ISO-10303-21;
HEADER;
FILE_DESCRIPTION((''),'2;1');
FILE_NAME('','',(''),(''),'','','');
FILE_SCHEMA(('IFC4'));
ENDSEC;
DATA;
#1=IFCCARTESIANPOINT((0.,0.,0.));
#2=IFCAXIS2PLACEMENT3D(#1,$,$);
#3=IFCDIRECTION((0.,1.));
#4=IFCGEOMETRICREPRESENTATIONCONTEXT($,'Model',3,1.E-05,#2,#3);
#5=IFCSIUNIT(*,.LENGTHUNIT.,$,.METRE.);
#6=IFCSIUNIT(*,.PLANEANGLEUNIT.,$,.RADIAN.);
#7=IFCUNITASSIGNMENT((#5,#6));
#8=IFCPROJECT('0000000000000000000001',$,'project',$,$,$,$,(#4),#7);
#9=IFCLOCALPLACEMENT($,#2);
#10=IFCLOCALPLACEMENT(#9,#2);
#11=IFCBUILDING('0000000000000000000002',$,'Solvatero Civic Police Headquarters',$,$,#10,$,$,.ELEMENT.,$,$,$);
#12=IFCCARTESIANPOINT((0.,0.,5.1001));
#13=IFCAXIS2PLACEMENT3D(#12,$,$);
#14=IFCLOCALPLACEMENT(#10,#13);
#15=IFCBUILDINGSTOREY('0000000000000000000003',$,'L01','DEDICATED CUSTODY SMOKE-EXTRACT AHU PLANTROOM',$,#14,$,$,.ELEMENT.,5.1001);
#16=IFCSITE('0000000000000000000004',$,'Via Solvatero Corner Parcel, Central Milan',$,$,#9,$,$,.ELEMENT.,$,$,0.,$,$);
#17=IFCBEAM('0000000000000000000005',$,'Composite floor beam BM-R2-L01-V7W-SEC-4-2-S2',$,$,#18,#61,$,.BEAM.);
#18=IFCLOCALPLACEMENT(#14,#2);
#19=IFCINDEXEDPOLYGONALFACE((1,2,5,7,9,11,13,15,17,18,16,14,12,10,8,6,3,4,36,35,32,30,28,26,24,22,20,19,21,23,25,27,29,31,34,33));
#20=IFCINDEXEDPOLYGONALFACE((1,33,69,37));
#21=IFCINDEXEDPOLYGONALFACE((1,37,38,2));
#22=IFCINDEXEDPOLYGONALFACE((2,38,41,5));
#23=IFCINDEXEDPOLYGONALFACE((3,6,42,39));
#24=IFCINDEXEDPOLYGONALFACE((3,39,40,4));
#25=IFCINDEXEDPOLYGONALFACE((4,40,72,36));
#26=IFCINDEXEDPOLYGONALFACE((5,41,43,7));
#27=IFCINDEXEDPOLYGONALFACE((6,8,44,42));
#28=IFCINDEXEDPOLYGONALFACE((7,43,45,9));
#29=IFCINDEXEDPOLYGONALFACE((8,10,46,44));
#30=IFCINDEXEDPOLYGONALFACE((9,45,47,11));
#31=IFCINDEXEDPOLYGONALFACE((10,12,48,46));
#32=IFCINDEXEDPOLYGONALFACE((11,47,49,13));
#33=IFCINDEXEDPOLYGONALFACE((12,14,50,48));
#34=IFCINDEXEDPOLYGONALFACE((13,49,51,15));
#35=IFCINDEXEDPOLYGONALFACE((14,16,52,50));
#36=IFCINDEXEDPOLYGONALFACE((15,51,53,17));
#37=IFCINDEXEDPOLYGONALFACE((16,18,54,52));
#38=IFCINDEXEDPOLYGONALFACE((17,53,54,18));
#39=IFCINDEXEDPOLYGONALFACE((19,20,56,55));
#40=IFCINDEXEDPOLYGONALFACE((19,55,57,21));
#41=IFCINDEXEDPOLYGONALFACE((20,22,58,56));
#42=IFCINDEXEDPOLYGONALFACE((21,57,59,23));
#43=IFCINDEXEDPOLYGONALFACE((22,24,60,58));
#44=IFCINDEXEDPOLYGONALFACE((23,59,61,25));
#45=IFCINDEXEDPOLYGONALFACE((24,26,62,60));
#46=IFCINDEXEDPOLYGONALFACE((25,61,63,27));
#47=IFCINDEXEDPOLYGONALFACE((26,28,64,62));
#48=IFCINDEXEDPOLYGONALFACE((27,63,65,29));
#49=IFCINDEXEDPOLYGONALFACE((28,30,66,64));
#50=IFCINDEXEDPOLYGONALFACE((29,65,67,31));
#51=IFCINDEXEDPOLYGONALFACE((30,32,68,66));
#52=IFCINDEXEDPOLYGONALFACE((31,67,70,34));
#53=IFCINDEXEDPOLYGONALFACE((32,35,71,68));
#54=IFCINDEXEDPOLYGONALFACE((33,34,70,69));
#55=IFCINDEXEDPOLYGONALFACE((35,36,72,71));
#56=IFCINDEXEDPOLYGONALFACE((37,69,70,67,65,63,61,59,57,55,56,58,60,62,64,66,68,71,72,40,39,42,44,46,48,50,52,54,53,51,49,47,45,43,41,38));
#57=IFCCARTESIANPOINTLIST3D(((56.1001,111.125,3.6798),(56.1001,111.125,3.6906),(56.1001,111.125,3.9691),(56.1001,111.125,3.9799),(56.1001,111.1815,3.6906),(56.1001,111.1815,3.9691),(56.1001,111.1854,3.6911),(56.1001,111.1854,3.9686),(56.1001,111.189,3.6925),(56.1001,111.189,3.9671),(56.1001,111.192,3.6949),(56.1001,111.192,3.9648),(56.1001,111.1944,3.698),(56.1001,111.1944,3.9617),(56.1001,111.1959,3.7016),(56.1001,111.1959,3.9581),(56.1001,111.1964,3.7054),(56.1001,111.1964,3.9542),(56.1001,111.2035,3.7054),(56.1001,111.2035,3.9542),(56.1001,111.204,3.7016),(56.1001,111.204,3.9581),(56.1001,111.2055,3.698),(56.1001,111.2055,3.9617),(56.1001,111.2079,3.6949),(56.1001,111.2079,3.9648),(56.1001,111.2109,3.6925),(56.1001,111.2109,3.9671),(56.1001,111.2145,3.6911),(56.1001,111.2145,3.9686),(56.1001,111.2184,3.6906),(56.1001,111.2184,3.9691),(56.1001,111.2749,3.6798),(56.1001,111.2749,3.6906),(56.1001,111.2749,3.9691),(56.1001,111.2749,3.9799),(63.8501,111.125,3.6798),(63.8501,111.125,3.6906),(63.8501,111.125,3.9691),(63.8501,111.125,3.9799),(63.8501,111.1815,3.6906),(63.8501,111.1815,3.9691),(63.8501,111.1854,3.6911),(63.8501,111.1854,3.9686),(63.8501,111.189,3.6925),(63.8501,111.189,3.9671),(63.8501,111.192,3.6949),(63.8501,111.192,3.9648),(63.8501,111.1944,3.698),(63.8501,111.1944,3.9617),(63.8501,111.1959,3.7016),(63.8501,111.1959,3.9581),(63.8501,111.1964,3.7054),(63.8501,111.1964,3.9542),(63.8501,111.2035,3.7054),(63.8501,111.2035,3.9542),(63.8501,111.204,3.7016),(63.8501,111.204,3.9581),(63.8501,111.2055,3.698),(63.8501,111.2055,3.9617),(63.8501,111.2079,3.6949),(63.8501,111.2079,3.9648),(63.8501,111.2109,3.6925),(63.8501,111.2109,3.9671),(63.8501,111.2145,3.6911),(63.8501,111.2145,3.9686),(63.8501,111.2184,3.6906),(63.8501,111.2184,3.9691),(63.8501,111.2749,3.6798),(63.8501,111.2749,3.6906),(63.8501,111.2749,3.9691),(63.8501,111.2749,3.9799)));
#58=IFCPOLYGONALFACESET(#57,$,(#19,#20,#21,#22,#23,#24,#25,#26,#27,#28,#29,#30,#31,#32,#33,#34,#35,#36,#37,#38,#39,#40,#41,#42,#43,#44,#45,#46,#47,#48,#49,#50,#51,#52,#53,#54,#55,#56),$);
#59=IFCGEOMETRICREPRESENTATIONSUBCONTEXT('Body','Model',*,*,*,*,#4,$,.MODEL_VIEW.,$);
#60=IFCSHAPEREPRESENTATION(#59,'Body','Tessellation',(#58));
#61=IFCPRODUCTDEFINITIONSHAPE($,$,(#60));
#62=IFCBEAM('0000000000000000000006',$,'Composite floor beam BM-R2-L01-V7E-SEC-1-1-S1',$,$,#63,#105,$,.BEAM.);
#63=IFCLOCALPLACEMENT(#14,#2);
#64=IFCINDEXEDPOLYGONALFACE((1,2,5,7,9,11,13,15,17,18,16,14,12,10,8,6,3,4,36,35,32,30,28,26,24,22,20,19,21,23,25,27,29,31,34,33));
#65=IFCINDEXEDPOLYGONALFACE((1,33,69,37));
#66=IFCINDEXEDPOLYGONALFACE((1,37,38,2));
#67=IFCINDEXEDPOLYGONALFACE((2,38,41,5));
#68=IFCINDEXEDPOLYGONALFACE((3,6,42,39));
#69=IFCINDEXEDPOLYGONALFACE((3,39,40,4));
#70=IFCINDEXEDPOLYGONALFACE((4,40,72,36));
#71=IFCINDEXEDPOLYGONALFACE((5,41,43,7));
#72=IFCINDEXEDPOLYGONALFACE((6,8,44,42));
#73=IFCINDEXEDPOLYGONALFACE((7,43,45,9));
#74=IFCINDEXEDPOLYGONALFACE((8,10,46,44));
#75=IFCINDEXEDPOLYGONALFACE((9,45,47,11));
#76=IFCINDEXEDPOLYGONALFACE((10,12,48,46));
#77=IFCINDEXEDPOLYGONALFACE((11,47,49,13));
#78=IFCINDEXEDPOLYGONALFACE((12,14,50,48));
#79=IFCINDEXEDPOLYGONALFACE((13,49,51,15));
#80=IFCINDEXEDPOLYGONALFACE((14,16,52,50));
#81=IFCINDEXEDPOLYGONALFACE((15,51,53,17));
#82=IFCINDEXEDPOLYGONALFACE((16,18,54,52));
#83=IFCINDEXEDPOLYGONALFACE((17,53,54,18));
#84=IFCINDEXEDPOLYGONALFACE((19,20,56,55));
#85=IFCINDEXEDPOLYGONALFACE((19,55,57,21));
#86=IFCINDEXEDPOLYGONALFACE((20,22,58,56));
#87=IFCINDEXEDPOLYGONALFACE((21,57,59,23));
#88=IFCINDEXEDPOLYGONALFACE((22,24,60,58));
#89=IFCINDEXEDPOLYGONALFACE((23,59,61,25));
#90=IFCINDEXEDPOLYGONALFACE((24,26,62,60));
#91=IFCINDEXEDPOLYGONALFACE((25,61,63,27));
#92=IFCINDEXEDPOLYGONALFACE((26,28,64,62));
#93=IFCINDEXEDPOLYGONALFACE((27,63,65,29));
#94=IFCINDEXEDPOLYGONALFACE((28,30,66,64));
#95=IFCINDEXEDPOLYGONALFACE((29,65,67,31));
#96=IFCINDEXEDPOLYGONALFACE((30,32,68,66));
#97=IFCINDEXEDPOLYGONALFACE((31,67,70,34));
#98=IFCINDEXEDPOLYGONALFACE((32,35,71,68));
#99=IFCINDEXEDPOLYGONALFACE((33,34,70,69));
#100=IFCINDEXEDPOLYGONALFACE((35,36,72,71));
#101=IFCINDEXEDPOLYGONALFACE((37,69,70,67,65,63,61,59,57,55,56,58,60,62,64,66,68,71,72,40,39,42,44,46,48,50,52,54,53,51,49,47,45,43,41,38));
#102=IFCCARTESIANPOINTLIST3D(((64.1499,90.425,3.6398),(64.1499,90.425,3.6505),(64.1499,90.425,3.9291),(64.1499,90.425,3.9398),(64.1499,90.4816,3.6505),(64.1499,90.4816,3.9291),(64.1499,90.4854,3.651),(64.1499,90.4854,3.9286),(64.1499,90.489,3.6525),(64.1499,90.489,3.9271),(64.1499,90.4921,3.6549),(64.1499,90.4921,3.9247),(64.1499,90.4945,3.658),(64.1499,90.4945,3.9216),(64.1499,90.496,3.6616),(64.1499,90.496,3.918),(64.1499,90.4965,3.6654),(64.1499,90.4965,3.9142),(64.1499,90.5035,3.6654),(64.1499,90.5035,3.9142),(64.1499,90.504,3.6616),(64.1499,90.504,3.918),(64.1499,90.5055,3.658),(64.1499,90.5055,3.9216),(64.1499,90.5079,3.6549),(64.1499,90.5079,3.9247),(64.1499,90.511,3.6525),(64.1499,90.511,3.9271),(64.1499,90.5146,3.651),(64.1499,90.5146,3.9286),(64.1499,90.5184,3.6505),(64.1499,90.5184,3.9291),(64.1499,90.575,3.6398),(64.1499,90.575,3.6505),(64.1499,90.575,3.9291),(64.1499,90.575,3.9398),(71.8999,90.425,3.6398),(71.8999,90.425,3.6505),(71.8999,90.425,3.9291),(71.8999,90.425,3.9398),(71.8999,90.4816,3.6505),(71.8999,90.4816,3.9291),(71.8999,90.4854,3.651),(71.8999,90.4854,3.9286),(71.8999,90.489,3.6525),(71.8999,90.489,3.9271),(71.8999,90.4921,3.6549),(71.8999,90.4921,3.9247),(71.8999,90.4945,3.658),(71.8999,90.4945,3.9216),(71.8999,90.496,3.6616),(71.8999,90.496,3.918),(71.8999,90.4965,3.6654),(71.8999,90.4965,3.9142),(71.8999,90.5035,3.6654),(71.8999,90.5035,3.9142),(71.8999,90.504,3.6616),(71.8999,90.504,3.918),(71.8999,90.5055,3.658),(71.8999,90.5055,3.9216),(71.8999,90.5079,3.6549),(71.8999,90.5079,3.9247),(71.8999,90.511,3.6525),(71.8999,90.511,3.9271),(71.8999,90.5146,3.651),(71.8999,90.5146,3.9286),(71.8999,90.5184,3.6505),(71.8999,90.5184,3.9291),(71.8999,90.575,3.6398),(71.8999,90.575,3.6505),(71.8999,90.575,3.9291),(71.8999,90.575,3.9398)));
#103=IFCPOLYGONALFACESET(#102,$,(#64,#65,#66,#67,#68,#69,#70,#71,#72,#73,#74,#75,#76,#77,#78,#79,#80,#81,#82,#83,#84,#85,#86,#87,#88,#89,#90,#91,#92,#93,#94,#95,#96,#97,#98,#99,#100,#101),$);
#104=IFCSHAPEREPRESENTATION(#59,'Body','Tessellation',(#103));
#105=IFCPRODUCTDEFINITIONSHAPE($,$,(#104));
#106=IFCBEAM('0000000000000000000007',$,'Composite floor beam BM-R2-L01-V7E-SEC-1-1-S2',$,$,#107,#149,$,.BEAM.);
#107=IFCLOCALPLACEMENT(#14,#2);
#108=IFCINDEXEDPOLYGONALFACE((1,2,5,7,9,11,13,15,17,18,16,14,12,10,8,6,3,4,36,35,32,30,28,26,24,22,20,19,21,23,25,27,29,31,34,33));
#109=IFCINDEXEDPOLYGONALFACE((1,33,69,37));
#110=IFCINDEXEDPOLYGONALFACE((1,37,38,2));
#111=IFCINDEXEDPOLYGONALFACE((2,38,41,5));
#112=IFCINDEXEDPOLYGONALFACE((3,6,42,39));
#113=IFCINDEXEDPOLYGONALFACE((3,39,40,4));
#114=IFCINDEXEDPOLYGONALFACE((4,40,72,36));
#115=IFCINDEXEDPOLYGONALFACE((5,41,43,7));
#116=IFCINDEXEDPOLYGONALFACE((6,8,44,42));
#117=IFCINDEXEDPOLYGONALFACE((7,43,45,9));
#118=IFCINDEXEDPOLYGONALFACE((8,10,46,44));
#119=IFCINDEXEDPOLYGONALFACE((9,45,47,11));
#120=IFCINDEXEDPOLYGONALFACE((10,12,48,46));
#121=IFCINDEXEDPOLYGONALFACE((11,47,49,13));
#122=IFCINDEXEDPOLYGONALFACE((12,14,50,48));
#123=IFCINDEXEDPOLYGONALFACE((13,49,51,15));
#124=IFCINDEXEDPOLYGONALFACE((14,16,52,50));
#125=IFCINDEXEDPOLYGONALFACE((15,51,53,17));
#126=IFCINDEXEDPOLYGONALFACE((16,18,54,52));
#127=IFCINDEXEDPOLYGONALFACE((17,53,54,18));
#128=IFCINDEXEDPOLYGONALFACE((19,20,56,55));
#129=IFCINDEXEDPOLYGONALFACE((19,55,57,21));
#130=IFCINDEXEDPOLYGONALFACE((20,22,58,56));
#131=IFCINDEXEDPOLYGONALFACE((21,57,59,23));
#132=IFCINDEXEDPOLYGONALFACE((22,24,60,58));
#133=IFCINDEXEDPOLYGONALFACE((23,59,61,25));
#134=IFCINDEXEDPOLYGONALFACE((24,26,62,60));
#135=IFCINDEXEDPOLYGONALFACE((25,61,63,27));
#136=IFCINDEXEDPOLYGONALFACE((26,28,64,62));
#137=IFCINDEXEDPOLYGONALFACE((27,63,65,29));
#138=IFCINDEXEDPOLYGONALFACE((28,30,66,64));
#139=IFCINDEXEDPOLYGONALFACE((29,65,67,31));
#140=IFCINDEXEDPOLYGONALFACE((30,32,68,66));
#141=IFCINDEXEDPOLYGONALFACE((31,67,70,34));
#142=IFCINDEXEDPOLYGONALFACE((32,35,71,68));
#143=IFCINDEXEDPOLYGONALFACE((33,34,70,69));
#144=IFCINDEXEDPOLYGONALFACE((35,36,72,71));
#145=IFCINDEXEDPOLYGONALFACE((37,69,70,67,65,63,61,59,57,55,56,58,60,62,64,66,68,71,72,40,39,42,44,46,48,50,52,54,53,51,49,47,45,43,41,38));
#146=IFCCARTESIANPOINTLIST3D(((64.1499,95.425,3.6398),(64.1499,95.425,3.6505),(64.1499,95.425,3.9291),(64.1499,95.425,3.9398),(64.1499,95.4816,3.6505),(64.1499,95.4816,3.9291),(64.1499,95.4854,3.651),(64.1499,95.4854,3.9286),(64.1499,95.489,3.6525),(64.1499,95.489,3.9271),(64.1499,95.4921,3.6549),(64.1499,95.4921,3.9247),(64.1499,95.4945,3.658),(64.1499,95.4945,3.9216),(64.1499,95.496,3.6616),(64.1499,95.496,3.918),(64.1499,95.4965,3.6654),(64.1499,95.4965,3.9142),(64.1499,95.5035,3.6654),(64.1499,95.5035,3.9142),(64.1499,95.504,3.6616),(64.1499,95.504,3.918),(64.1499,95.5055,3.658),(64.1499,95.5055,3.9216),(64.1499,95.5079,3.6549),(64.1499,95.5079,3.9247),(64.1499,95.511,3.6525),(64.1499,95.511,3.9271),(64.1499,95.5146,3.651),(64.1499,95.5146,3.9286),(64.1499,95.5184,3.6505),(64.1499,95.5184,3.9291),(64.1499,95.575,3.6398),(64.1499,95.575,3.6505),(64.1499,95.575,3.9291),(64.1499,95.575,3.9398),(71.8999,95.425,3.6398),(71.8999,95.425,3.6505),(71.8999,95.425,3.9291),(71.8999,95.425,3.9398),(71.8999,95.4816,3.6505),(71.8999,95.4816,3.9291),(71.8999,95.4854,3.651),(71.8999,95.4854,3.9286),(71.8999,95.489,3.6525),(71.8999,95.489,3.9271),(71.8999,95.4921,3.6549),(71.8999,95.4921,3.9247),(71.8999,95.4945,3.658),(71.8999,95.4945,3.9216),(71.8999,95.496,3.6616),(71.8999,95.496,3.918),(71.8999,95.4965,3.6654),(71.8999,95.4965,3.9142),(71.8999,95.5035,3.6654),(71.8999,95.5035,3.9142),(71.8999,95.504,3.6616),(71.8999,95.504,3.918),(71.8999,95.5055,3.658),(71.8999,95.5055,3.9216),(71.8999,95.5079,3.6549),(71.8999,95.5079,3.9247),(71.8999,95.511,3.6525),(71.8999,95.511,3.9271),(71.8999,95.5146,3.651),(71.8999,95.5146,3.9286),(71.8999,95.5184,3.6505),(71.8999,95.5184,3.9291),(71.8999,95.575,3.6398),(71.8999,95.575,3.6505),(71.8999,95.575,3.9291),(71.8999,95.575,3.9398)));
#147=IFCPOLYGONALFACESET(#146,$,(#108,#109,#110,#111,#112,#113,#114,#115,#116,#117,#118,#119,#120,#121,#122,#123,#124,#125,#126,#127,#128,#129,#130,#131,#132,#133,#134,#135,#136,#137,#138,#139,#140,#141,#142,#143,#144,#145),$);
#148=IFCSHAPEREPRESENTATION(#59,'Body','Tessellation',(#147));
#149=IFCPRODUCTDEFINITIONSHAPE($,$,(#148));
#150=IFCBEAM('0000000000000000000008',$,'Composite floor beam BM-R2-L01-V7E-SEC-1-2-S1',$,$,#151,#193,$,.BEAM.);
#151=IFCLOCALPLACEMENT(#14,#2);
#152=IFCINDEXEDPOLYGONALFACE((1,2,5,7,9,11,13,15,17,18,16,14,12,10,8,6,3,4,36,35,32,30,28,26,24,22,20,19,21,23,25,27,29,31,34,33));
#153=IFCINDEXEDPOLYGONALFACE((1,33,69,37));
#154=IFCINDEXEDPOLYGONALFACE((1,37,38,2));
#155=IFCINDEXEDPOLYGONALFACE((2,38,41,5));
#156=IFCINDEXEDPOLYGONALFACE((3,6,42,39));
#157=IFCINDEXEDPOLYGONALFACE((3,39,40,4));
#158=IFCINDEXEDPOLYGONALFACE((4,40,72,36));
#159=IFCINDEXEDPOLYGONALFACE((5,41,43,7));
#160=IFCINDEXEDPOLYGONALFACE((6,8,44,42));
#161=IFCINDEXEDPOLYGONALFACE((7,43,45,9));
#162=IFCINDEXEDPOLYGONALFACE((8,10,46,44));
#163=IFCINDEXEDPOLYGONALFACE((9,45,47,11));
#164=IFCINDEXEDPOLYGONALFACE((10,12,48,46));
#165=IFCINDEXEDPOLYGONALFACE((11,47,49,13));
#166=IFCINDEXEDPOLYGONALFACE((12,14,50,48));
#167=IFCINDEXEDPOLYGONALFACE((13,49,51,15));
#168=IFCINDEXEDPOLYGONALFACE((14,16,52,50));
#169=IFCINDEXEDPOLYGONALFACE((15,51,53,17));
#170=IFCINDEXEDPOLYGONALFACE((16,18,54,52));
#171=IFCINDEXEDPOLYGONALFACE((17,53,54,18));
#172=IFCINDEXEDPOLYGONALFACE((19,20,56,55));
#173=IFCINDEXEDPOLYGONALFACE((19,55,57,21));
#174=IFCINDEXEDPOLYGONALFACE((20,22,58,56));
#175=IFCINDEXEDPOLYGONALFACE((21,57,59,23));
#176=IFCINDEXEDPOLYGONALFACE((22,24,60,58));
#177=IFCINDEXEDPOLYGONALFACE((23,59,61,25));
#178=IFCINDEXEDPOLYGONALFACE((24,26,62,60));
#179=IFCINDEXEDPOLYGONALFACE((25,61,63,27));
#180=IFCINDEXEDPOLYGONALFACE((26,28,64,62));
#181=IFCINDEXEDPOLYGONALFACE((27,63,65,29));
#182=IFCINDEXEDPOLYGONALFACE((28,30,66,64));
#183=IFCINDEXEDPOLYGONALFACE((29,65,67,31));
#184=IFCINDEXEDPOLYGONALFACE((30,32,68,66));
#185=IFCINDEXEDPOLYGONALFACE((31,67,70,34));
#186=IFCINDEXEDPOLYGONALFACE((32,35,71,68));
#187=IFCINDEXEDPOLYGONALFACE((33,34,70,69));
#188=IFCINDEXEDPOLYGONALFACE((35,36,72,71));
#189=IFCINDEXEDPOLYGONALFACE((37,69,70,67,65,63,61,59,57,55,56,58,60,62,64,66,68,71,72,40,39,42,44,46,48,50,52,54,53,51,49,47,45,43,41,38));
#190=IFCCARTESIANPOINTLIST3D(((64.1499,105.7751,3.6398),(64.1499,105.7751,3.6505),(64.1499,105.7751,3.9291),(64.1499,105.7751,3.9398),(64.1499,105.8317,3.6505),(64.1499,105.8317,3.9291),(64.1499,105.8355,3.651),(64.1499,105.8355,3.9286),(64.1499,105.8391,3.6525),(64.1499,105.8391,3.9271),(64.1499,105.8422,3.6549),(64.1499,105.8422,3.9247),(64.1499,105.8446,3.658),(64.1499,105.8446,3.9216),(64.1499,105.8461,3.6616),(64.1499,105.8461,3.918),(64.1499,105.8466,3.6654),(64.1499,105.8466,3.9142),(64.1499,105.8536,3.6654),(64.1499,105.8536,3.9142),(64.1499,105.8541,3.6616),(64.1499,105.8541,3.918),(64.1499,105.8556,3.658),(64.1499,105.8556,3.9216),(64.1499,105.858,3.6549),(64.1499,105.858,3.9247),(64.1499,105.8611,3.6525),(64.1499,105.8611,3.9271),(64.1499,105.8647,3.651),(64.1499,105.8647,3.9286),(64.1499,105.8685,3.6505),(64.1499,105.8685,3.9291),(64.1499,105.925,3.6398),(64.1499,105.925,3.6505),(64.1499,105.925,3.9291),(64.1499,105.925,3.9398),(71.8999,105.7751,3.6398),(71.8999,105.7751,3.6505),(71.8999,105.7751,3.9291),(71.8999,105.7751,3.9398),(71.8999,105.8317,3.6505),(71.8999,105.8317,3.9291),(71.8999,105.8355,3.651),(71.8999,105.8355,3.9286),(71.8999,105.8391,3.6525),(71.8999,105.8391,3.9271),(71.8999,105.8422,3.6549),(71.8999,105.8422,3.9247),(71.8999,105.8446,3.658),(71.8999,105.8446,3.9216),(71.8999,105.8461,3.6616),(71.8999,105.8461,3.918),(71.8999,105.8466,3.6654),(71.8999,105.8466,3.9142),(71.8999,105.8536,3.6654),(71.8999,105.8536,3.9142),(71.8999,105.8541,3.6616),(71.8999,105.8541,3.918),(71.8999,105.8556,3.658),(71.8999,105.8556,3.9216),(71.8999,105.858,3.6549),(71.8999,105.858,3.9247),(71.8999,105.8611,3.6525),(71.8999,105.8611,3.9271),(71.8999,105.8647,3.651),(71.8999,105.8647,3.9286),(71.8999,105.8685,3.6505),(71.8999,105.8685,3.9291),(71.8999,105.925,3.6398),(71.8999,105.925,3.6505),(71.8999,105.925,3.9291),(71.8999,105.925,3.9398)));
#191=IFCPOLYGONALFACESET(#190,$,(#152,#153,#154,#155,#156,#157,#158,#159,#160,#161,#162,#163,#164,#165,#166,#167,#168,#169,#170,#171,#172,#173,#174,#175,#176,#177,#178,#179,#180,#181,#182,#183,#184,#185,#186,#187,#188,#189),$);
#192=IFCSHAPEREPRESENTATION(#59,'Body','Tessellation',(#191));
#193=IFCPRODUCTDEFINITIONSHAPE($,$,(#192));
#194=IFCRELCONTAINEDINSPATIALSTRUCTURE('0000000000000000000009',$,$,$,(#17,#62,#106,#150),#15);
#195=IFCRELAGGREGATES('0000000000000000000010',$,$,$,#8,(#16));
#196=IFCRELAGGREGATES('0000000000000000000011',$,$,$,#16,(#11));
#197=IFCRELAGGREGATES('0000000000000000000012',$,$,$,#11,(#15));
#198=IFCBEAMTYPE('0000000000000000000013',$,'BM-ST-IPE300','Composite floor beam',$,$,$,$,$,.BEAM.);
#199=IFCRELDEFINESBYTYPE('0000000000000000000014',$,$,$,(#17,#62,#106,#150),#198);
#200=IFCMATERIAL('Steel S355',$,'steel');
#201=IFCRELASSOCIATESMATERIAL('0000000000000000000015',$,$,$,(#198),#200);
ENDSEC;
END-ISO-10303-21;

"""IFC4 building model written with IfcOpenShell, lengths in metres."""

from ifc_helpers import new_model, si_unit, direction, frame, origin, origin_2d, place, context, subcontext, project, spatial, i_section, extrude, material, material_profile, profile_set, type_object, element, save


model = new_model("IFC4")

# Units and contexts
model_context = context("Model", 3, precision=1e-05, world=origin(), true_north=direction((0.0, 1.0)))
body_context = subcontext(model_context, "Body", "Model", "MODEL_VIEW")
ifc_project = project(units=[si_unit("LENGTHUNIT", "METRE"), si_unit("PLANEANGLEUNIT", "RADIAN")], contexts=[model_context])

# Site, building, storey
site_placement = place(None, origin())
site = spatial("IfcSite", under=ifc_project, at=site_placement, Name="Via Solvatero Corner Parcel, Central Milan", CompositionType="ELEMENT", RefElevation=0.0)
building_placement = place(site_placement, origin())
building = spatial("IfcBuilding", under=site, at=building_placement, Name="Solvatero Civic Police Headquarters", CompositionType="ELEMENT")
storey_placement = place(building_placement, frame((0.0, 0.0, 5.1001)))
storey = spatial("IfcBuildingStorey", under=building, at=storey_placement, Name="L01", Description="DEDICATED CUSTODY SMOKE-EXTRACT AHU PLANTROOM", CompositionType="ELEMENT", Elevation=5.1001)

# Shared definitions
ifc_material_1 = material(Name="Steel S355", Category="steel")

# Beams
ifc_material_profile_1 = material_profile(ifc_material_1, i_section(OverallWidth=0.1499, OverallDepth=0.3, WebThickness=0.0071, FlangeThickness=0.0107, FilletRadius=0.0149, at=origin_2d()), Name="IPE 300")
ifc_profile_set_1 = profile_set([ifc_material_profile_1], Name="Steel S355")
beam_type_1 = type_object("IfcBeamType", Name="BM-ST-IPE300", Description="Composite floor beam", PredefinedType="BEAM", material=ifc_profile_set_1)
for number, where, z_axis, x_axis, name in (
    (1, (56.1001, 111.2, 3.8298), (1.0, 0.0, 0.0), (0.0, 1.0, 0.0), "Composite floor beam BM-R2-L01-V7W-SEC-4-2-S2"),
    (2, (64.1499, 90.5, 3.7898), (1.0, 0.0, 0.0), (0.0, 1.0, 0.0), "Composite floor beam BM-R2-L01-V7E-SEC-1-1-S1"),
    (3, (64.1499, 95.5, 3.7898), (1.0, 0.0, 0.0), (0.0, 1.0, 0.0), "Composite floor beam BM-R2-L01-V7E-SEC-1-1-S2"),
    (4, (64.1499, 105.8501, 3.7898), (1.0, 0.0, 0.0), (0.0, 1.0, 0.0), "Composite floor beam BM-R2-L01-V7E-SEC-1-2-S1"),
):
    element("IfcBeam", number, at=place(storey_placement, frame(where, z_axis=z_axis, x_axis=x_axis)), inside=storey, type_object=beam_type_1, Name=name, PredefinedType="BEAM", context=body_context, shape_type="SweptSolid", body=[
        extrude(i_section(OverallWidth=0.1499, OverallDepth=0.3, WebThickness=0.0071, FlangeThickness=0.0107, FilletRadius=0.0149, at=origin_2d()), origin(), (0.0, 0.0, 1.0), 7.75),
    ])

save(model, "model.ifc")
